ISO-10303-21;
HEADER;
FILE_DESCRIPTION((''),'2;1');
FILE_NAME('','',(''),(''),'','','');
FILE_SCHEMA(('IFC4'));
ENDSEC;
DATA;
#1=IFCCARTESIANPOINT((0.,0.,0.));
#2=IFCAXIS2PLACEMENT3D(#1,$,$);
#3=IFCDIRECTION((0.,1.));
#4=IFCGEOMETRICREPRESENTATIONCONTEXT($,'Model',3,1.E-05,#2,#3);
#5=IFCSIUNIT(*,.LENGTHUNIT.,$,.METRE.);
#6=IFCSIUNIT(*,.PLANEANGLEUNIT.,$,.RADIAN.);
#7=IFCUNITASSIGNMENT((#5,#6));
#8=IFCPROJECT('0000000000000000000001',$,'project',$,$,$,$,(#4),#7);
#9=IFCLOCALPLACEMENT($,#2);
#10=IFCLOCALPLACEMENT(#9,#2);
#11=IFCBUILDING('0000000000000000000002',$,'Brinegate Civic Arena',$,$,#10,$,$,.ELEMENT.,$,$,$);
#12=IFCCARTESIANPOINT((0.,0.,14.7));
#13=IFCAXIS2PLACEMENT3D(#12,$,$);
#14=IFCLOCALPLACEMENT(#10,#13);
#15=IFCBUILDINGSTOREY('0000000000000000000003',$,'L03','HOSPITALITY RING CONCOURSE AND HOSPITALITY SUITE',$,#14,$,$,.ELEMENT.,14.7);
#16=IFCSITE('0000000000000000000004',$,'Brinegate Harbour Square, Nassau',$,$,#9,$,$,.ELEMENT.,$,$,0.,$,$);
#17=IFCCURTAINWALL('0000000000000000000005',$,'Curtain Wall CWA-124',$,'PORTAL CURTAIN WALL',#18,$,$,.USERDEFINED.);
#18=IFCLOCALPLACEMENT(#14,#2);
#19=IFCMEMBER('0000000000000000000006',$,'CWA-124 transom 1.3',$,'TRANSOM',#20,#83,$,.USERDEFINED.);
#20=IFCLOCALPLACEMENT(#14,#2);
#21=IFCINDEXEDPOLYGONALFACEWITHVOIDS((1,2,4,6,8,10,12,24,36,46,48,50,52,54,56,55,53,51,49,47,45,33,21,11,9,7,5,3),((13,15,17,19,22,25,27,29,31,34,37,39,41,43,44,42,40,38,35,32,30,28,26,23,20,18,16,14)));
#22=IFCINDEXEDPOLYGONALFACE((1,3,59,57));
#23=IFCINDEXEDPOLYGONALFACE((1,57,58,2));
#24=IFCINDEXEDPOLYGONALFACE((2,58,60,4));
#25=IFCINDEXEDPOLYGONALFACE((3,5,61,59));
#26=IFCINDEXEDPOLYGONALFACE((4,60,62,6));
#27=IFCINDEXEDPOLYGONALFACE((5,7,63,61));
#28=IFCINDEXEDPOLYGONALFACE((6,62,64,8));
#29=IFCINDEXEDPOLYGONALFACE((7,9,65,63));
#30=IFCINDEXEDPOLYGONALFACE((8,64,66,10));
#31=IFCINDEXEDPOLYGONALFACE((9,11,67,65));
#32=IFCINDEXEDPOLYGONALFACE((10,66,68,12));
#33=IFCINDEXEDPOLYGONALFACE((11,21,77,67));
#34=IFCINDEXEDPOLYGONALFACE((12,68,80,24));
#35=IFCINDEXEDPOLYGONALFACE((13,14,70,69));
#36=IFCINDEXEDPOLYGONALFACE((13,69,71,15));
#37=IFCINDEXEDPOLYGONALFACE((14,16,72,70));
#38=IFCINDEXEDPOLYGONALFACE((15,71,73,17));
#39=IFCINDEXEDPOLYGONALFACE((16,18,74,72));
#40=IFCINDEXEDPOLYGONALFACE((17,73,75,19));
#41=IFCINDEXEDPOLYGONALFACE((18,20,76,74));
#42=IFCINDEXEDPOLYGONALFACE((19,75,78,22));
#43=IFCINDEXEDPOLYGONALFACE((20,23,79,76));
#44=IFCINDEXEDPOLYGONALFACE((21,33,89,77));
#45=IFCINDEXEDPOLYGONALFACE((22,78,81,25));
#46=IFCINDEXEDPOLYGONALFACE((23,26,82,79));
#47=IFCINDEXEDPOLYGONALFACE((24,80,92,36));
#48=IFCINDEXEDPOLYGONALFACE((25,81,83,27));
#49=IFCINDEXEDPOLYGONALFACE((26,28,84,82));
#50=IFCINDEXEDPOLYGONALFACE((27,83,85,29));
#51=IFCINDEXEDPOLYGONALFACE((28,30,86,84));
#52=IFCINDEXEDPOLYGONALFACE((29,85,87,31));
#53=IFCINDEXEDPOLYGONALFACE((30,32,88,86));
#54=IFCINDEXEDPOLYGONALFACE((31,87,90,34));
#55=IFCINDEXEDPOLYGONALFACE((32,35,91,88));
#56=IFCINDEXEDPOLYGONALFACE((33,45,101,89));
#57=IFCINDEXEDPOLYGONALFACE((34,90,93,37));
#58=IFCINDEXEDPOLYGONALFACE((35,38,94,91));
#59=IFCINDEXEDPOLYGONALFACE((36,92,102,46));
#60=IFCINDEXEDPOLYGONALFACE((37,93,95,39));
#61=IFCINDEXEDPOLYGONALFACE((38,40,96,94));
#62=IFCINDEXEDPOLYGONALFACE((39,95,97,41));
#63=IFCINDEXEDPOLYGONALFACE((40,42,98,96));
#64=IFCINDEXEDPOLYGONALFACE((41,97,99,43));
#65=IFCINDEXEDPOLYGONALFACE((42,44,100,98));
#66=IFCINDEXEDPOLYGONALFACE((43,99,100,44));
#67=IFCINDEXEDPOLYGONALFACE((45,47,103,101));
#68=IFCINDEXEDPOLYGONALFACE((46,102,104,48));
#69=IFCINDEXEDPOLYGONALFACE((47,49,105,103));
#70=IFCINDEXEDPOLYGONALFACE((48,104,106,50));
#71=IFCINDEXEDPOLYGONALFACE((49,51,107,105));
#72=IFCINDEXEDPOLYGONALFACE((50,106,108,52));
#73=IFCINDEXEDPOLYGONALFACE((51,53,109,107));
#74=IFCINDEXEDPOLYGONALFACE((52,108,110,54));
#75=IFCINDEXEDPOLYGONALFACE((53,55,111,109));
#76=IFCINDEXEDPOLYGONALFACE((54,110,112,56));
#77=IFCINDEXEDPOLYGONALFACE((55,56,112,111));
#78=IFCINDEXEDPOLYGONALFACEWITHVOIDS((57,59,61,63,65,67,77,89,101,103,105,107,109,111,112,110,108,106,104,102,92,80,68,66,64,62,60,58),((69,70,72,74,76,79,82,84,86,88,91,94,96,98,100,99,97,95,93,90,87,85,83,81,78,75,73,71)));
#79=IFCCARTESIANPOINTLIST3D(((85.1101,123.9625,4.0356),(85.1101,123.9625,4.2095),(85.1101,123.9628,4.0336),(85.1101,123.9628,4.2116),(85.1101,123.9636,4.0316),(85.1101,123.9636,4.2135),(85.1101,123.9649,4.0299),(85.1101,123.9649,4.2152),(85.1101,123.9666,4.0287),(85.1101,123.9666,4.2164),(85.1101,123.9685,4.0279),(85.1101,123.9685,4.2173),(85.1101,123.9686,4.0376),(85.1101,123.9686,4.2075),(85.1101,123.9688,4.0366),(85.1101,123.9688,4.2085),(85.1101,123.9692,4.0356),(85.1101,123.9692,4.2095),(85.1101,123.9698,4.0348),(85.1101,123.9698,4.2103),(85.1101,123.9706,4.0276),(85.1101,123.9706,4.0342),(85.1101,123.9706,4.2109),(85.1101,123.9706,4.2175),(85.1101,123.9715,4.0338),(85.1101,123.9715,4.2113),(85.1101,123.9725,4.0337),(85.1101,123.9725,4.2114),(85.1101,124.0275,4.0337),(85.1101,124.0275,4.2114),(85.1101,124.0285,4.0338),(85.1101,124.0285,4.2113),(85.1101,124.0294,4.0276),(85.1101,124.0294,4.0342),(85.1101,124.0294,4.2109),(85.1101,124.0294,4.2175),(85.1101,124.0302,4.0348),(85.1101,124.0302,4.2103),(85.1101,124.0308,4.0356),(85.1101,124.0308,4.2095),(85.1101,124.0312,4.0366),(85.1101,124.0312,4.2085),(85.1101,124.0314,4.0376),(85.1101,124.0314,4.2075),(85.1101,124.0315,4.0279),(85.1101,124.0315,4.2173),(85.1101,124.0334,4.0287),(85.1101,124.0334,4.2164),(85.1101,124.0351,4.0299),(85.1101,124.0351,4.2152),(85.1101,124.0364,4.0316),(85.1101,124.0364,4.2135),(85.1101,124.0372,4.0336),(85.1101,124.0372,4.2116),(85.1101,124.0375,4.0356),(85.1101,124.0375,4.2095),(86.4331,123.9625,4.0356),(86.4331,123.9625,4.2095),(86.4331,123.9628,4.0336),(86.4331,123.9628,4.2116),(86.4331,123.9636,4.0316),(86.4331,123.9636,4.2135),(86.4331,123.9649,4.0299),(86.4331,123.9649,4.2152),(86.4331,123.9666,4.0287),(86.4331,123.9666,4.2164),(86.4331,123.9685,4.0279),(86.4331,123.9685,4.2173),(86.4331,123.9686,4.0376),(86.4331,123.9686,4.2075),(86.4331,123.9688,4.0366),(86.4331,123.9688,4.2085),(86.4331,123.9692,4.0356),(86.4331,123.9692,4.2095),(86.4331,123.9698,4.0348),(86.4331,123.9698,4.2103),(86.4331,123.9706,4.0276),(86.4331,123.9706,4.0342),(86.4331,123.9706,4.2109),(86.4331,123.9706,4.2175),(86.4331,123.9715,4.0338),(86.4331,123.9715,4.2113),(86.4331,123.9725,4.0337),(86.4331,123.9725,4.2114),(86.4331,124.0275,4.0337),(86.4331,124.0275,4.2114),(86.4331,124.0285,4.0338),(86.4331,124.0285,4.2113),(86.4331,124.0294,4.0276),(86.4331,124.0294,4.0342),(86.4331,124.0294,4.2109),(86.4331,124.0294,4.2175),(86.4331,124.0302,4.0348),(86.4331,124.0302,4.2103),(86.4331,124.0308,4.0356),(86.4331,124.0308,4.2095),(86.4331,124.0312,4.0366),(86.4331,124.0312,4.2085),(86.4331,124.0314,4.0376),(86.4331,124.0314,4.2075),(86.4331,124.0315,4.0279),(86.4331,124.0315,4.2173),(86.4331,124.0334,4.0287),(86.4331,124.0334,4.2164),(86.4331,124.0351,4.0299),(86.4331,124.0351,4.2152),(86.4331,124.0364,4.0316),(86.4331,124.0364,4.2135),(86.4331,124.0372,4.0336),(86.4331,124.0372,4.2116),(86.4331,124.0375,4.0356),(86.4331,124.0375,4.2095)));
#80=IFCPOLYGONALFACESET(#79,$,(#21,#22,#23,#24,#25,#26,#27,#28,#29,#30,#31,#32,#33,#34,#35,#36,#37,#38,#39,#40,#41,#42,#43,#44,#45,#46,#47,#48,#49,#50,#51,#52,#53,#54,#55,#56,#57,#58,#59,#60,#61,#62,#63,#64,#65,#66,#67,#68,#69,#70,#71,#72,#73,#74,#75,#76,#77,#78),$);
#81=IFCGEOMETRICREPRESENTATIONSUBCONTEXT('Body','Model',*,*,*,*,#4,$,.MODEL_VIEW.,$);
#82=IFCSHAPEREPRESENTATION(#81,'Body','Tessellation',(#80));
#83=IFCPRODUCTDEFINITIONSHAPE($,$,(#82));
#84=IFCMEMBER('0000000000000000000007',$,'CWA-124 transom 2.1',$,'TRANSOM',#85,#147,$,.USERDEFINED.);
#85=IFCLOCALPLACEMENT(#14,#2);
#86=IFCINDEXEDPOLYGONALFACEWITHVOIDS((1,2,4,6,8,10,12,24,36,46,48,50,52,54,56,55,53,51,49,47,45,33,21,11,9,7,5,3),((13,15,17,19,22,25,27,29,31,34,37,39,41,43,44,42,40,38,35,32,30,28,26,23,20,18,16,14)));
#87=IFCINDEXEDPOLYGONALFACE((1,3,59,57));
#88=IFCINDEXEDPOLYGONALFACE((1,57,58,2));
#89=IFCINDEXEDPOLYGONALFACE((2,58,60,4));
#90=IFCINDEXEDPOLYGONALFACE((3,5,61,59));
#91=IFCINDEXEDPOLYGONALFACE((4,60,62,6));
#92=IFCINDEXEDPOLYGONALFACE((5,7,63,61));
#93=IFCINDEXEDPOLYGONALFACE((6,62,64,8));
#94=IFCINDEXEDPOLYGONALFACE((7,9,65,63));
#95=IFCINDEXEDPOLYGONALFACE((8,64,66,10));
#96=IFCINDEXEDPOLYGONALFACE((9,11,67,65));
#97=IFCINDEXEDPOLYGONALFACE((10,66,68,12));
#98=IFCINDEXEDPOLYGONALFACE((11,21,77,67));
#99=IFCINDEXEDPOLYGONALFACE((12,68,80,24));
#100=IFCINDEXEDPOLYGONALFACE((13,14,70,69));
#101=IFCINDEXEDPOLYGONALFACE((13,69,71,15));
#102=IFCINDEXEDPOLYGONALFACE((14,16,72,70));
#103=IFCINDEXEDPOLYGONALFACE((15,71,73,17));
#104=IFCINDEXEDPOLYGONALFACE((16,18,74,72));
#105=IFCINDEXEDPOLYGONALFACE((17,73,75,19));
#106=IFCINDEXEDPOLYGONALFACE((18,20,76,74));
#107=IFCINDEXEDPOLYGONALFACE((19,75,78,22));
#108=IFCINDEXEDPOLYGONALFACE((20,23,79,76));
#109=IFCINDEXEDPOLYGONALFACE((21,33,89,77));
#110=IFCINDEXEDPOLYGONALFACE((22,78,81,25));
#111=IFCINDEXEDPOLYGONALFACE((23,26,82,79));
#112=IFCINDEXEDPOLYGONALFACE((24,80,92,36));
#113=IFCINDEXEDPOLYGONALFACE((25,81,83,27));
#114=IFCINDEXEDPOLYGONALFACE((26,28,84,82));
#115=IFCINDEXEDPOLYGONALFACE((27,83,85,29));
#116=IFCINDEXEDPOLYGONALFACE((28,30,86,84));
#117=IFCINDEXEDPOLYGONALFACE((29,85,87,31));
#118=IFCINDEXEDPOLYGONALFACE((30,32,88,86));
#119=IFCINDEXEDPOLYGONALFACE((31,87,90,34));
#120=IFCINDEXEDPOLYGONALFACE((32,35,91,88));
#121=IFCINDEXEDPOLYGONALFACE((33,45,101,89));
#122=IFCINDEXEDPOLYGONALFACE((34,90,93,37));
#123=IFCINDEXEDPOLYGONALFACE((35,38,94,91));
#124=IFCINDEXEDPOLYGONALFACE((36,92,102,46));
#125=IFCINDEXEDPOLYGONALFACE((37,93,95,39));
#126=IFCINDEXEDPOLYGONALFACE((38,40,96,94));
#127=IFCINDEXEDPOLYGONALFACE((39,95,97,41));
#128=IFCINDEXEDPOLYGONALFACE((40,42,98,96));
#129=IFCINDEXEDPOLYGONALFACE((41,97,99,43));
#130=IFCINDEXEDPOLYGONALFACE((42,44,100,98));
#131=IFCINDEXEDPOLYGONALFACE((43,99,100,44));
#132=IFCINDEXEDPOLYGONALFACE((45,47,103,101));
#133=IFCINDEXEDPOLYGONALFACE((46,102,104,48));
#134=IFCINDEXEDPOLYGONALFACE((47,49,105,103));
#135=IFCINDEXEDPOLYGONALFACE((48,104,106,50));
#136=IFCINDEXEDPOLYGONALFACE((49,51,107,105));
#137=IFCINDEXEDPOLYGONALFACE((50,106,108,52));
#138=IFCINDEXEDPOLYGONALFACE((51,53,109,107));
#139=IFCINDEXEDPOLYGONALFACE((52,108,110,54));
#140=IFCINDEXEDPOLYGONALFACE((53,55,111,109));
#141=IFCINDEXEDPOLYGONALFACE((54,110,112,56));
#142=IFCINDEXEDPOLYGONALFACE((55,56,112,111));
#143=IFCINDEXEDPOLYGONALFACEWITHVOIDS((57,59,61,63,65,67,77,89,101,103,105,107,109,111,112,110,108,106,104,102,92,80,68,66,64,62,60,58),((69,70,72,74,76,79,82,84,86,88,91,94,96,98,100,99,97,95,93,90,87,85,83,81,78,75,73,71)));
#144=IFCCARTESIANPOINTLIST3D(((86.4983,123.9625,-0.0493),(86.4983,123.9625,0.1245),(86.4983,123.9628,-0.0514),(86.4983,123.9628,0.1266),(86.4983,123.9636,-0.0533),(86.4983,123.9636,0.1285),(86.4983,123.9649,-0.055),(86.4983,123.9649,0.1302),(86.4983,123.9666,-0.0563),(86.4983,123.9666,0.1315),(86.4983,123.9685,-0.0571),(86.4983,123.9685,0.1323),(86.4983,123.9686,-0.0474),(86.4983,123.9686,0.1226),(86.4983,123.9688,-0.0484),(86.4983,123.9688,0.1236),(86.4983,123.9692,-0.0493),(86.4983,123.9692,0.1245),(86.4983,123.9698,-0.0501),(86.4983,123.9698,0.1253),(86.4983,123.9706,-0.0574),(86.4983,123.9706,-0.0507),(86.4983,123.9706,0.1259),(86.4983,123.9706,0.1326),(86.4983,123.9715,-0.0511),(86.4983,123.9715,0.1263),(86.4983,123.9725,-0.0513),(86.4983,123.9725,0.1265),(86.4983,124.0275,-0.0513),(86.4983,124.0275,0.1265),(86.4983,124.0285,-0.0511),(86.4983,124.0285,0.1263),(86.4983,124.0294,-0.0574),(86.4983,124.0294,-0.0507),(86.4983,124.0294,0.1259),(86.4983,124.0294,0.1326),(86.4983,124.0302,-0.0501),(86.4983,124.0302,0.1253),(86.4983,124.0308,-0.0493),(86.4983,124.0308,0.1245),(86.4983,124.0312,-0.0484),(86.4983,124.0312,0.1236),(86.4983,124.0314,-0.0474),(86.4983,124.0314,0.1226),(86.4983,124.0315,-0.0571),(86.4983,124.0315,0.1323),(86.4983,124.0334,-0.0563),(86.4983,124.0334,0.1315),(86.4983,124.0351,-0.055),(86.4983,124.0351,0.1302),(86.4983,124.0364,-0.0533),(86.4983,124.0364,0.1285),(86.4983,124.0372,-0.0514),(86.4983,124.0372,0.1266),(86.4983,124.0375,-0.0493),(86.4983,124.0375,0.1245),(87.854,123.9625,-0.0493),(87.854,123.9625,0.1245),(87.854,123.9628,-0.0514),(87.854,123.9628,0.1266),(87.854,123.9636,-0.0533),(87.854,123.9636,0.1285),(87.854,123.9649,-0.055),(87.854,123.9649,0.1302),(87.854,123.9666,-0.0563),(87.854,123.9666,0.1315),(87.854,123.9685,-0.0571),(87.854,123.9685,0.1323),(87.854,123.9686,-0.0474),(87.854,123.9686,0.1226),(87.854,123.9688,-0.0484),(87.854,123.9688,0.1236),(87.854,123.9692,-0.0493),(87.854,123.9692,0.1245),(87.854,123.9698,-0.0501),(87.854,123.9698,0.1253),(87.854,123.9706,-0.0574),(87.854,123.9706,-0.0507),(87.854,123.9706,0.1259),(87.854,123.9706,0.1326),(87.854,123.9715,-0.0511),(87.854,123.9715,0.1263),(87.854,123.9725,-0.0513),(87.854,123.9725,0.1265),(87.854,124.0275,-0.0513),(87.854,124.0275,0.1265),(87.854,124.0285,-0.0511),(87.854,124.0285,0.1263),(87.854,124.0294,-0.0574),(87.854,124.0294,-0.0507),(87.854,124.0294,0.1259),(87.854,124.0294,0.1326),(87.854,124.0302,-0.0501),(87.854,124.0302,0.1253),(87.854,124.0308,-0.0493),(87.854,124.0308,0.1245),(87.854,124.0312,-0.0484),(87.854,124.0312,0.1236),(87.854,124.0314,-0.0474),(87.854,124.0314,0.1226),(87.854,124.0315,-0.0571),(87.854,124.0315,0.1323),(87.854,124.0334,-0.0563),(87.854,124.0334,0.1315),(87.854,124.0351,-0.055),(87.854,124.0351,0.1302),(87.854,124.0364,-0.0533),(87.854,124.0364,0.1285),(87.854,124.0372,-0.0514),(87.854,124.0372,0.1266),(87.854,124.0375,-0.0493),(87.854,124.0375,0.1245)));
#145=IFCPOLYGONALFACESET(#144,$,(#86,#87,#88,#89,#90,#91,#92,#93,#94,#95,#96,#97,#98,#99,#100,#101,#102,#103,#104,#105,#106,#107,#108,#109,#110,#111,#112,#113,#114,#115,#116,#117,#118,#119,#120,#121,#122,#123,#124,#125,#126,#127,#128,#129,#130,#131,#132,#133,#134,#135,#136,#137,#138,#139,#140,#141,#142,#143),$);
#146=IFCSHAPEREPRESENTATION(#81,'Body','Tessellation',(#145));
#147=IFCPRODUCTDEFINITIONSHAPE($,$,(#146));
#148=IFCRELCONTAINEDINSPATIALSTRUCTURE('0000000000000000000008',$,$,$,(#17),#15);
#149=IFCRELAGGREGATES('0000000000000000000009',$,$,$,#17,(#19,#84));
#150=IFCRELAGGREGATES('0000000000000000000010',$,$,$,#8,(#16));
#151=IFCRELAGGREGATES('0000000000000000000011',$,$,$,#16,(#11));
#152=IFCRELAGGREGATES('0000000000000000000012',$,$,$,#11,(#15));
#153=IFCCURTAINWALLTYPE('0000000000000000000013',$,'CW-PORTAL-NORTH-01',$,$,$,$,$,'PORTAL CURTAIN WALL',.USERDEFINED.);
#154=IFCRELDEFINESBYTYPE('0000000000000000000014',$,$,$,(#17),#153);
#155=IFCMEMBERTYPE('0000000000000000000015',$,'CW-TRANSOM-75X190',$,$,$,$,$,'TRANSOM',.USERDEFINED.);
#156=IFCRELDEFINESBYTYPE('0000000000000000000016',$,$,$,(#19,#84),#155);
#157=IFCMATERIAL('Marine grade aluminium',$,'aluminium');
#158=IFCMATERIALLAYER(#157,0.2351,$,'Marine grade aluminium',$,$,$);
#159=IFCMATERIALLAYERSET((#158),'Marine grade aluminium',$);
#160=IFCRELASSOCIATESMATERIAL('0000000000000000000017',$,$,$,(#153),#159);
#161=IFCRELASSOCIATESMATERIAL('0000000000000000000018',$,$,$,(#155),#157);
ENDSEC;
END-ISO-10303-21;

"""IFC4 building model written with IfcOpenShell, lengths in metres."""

from ifc_helpers import new_model, si_unit, direction, frame, origin, origin_2d, place, context, subcontext, project, spatial, hollow_rectangle, extrude, material, layer, layer_set, material_profile, profile_set, type_object, element, aggregate, save


model = new_model("IFC4")

# Units and contexts
model_context = context("Model", 3, precision=1e-05, world=origin(), true_north=direction((0.0, 1.0)))
body_context = subcontext(model_context, "Body", "Model", "MODEL_VIEW")
ifc_project = project(units=[si_unit("LENGTHUNIT", "METRE"), si_unit("PLANEANGLEUNIT", "RADIAN")], contexts=[model_context])

# Site, building, storey
site_placement = place(None, origin())
site = spatial("IfcSite", under=ifc_project, at=site_placement, Name="Brinegate Harbour Square, Nassau", CompositionType="ELEMENT", RefElevation=0.0)
building_placement = place(site_placement, origin())
building = spatial("IfcBuilding", under=site, at=building_placement, Name="Brinegate Civic Arena", CompositionType="ELEMENT")
storey_placement = place(building_placement, frame((0.0, 0.0, 14.7)))
storey = spatial("IfcBuildingStorey", under=building, at=storey_placement, Name="L03", Description="HOSPITALITY RING CONCOURSE AND HOSPITALITY SUITE", CompositionType="ELEMENT", Elevation=14.7)

# Curtain wall, members
ifc_material_1 = material(Name="Marine grade aluminium", Category="aluminium")
ifc_layer_1 = layer(ifc_material_1, 0.2351, Name="Marine grade aluminium")
ifc_layer_set_1 = layer_set([ifc_layer_1], Name="Marine grade aluminium")
curtain_wall_type = type_object("IfcCurtainWallType", Name="CW-PORTAL-NORTH-01", ElementType="PORTAL CURTAIN WALL", PredefinedType="USERDEFINED", material=ifc_layer_set_1)
curtain_wall_placement = place(storey_placement, origin())
curtain_wall = element("IfcCurtainWall", 1, at=curtain_wall_placement, inside=storey, type_object=curtain_wall_type, Name="Curtain Wall CWA-124", ObjectType="PORTAL CURTAIN WALL", PredefinedType="USERDEFINED")
ifc_material_profile_1 = material_profile(ifc_material_1, hollow_rectangle(XDim=0.075, YDim=0.1899, WallThickness=0.0061, InnerFilletRadius=0.0039, OuterFilletRadius=0.0081, at=origin_2d()), Name="TRN75X190")
ifc_profile_set_1 = profile_set([ifc_material_profile_1], Name="Marine grade aluminium")
member_type_1 = type_object("IfcMemberType", Name="CW-TRANSOM-75X190", ElementType="TRANSOM", PredefinedType="USERDEFINED", material=ifc_profile_set_1)
member_1_placement = place(storey_placement, frame((85.1101, 124.0, 4.1226), z_axis=(1.0, 0.0, 0.0), x_axis=(0.0, 1.0, 0.0)))
member_1 = element("IfcMember", 2, at=member_1_placement, type_object=member_type_1, Name="CWA-124 transom 1.3", ObjectType="TRANSOM", PredefinedType="USERDEFINED", context=body_context, shape_type="SweptSolid", body=[
    extrude(hollow_rectangle(XDim=0.075, YDim=0.1899, WallThickness=0.0061, InnerFilletRadius=0.0039, OuterFilletRadius=0.0081, at=origin_2d()), origin(), (0.0, 0.0, 1.0), 1.323),
])
member_2_placement = place(storey_placement, frame((86.4983, 124.0, 0.0376), z_axis=(1.0, 0.0, 0.0), x_axis=(0.0, 1.0, 0.0)))
member_2 = element("IfcMember", 3, at=member_2_placement, type_object=member_type_1, Name="CWA-124 transom 2.1", ObjectType="TRANSOM", PredefinedType="USERDEFINED", context=body_context, shape_type="SweptSolid", body=[
    extrude(hollow_rectangle(XDim=0.075, YDim=0.1899, WallThickness=0.0061, InnerFilletRadius=0.0039, OuterFilletRadius=0.0081, at=origin_2d()), origin(), (0.0, 0.0, 1.0), 1.3557),
])

aggregate(curtain_wall, [member_1, member_2])

save(model, "model.ifc")
